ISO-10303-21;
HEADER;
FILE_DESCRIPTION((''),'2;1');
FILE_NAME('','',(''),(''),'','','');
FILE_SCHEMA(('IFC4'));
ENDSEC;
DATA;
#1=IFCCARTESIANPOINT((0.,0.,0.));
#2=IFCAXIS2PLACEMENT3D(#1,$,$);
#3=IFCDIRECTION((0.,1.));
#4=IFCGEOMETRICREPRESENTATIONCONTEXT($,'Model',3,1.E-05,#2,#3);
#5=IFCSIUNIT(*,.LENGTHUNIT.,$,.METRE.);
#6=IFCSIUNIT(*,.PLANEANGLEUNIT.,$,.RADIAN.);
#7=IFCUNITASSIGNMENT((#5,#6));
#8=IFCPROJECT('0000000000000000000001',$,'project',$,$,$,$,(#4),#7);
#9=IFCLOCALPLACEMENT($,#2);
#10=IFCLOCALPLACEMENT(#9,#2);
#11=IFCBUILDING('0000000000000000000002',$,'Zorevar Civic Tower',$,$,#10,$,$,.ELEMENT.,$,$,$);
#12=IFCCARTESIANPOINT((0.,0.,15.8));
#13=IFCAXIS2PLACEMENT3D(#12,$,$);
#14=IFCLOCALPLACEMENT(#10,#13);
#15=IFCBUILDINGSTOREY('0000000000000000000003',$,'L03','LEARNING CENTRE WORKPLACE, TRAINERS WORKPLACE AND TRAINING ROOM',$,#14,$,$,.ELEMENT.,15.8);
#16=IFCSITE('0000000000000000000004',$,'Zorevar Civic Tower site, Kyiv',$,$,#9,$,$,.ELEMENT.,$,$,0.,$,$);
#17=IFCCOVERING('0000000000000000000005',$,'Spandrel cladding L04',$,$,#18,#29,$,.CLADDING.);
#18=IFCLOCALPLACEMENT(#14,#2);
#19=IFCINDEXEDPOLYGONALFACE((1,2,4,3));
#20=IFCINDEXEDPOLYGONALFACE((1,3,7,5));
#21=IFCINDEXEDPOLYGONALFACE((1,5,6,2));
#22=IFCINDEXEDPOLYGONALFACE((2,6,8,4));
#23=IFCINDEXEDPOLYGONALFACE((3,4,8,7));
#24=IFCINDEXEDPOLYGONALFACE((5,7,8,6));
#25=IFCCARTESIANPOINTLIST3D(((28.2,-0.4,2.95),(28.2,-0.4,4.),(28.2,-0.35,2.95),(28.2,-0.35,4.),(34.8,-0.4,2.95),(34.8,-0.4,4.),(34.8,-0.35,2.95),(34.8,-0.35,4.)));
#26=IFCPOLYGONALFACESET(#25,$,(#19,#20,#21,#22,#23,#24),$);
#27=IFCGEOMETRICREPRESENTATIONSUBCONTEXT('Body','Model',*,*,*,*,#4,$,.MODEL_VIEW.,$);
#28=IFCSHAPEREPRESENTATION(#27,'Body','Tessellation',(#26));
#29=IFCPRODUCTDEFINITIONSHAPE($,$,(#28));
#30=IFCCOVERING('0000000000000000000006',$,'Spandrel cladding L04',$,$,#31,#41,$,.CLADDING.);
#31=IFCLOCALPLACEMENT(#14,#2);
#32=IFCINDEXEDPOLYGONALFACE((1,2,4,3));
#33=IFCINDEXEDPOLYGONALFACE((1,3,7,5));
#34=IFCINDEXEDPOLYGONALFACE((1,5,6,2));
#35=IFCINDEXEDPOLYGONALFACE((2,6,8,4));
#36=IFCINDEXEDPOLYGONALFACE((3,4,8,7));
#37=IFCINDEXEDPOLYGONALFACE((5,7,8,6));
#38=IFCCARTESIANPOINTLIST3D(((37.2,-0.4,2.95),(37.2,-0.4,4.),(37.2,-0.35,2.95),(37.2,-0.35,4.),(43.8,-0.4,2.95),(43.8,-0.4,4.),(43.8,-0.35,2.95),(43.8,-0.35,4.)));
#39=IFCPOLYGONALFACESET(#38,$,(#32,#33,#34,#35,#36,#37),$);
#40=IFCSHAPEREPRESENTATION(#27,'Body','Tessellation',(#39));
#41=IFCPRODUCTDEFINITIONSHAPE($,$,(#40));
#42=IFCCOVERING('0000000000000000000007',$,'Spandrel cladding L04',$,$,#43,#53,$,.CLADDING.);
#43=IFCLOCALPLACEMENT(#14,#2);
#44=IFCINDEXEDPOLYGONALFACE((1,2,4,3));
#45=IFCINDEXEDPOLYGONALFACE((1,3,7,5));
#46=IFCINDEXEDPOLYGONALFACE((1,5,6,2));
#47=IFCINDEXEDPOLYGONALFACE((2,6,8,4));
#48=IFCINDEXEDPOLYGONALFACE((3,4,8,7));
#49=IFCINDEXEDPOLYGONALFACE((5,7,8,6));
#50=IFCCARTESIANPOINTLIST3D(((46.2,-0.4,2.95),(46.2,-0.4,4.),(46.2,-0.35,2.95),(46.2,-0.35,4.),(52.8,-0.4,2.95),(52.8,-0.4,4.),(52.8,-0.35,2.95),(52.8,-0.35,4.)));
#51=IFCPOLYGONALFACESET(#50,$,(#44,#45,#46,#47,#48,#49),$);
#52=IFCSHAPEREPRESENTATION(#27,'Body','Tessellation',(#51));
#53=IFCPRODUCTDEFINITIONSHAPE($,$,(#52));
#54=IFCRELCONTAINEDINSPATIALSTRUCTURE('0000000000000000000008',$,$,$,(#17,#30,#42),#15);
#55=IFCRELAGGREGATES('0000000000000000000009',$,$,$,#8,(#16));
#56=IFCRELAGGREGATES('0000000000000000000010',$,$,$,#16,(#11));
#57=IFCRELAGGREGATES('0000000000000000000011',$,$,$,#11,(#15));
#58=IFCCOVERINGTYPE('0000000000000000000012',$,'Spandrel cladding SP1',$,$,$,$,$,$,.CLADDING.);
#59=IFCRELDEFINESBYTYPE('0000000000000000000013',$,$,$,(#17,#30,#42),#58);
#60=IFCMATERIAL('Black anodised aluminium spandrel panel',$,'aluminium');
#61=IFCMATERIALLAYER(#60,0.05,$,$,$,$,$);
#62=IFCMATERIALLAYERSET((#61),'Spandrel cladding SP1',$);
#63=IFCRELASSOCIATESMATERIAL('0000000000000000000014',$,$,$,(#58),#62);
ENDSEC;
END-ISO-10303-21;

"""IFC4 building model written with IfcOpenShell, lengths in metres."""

from ifc_helpers import new_model, si_unit, direction, frame, frame_2d, origin, place, context, subcontext, project, spatial, rectangle, extrude, material, layer, layer_set, type_object, element, save


model = new_model("IFC4")

# Units and contexts
model_context = context("Model", 3, precision=1e-05, world=origin(), true_north=direction((0.0, 1.0)))
body_context = subcontext(model_context, "Body", "Model", "MODEL_VIEW")
ifc_project = project(units=[si_unit("LENGTHUNIT", "METRE"), si_unit("PLANEANGLEUNIT", "RADIAN")], contexts=[model_context])

# Site, building, storey
site_placement = place(None, origin())
site = spatial("IfcSite", under=ifc_project, at=site_placement, Name="Zorevar Civic Tower site, Kyiv", CompositionType="ELEMENT", RefElevation=0.0)
building_placement = place(site_placement, origin())
building = spatial("IfcBuilding", under=site, at=building_placement, Name="Zorevar Civic Tower", CompositionType="ELEMENT")
storey_placement = place(building_placement, frame((0.0, 0.0, 15.8)))
storey = spatial("IfcBuildingStorey", under=building, at=storey_placement, Name="L03", Description="LEARNING CENTRE WORKPLACE, TRAINERS WORKPLACE AND TRAINING ROOM", CompositionType="ELEMENT", Elevation=15.8)

# Coverings
ifc_material_1 = material(Name="Black anodised aluminium spandrel panel", Category="aluminium")
ifc_layer_1 = layer(ifc_material_1, 0.05)
ifc_layer_set_1 = layer_set([ifc_layer_1], Name="Spandrel cladding SP1")
covering_type = type_object("IfcCoveringType", Name="Spandrel cladding SP1", PredefinedType="CLADDING", material=ifc_layer_set_1)
for number, where, z_axis, x_axis, name in (
    (1, (28.2, -0.375, 2.95), (0.0, 0.0, 1.0), (1.0, 0.0, 0.0), "Spandrel cladding L04"),
    (2, (37.2, -0.375, 2.95), (0.0, 0.0, 1.0), (1.0, 0.0, 0.0), "Spandrel cladding L04"),
    (3, (46.2, -0.375, 2.95), (0.0, 0.0, 1.0), (1.0, 0.0, 0.0), "Spandrel cladding L04"),
):
    element("IfcCovering", number, at=place(storey_placement, frame(where, z_axis=z_axis, x_axis=x_axis)), inside=storey, type_object=covering_type, Name=name, PredefinedType="CLADDING", context=body_context, shape_type="SweptSolid", body=[
        extrude(rectangle(XDim=6.6001, YDim=0.05, at=frame_2d((3.3, 0.0))), origin(), (0.0, 0.0, 1.0), 1.05),
    ])

save(model, "model.ifc")
